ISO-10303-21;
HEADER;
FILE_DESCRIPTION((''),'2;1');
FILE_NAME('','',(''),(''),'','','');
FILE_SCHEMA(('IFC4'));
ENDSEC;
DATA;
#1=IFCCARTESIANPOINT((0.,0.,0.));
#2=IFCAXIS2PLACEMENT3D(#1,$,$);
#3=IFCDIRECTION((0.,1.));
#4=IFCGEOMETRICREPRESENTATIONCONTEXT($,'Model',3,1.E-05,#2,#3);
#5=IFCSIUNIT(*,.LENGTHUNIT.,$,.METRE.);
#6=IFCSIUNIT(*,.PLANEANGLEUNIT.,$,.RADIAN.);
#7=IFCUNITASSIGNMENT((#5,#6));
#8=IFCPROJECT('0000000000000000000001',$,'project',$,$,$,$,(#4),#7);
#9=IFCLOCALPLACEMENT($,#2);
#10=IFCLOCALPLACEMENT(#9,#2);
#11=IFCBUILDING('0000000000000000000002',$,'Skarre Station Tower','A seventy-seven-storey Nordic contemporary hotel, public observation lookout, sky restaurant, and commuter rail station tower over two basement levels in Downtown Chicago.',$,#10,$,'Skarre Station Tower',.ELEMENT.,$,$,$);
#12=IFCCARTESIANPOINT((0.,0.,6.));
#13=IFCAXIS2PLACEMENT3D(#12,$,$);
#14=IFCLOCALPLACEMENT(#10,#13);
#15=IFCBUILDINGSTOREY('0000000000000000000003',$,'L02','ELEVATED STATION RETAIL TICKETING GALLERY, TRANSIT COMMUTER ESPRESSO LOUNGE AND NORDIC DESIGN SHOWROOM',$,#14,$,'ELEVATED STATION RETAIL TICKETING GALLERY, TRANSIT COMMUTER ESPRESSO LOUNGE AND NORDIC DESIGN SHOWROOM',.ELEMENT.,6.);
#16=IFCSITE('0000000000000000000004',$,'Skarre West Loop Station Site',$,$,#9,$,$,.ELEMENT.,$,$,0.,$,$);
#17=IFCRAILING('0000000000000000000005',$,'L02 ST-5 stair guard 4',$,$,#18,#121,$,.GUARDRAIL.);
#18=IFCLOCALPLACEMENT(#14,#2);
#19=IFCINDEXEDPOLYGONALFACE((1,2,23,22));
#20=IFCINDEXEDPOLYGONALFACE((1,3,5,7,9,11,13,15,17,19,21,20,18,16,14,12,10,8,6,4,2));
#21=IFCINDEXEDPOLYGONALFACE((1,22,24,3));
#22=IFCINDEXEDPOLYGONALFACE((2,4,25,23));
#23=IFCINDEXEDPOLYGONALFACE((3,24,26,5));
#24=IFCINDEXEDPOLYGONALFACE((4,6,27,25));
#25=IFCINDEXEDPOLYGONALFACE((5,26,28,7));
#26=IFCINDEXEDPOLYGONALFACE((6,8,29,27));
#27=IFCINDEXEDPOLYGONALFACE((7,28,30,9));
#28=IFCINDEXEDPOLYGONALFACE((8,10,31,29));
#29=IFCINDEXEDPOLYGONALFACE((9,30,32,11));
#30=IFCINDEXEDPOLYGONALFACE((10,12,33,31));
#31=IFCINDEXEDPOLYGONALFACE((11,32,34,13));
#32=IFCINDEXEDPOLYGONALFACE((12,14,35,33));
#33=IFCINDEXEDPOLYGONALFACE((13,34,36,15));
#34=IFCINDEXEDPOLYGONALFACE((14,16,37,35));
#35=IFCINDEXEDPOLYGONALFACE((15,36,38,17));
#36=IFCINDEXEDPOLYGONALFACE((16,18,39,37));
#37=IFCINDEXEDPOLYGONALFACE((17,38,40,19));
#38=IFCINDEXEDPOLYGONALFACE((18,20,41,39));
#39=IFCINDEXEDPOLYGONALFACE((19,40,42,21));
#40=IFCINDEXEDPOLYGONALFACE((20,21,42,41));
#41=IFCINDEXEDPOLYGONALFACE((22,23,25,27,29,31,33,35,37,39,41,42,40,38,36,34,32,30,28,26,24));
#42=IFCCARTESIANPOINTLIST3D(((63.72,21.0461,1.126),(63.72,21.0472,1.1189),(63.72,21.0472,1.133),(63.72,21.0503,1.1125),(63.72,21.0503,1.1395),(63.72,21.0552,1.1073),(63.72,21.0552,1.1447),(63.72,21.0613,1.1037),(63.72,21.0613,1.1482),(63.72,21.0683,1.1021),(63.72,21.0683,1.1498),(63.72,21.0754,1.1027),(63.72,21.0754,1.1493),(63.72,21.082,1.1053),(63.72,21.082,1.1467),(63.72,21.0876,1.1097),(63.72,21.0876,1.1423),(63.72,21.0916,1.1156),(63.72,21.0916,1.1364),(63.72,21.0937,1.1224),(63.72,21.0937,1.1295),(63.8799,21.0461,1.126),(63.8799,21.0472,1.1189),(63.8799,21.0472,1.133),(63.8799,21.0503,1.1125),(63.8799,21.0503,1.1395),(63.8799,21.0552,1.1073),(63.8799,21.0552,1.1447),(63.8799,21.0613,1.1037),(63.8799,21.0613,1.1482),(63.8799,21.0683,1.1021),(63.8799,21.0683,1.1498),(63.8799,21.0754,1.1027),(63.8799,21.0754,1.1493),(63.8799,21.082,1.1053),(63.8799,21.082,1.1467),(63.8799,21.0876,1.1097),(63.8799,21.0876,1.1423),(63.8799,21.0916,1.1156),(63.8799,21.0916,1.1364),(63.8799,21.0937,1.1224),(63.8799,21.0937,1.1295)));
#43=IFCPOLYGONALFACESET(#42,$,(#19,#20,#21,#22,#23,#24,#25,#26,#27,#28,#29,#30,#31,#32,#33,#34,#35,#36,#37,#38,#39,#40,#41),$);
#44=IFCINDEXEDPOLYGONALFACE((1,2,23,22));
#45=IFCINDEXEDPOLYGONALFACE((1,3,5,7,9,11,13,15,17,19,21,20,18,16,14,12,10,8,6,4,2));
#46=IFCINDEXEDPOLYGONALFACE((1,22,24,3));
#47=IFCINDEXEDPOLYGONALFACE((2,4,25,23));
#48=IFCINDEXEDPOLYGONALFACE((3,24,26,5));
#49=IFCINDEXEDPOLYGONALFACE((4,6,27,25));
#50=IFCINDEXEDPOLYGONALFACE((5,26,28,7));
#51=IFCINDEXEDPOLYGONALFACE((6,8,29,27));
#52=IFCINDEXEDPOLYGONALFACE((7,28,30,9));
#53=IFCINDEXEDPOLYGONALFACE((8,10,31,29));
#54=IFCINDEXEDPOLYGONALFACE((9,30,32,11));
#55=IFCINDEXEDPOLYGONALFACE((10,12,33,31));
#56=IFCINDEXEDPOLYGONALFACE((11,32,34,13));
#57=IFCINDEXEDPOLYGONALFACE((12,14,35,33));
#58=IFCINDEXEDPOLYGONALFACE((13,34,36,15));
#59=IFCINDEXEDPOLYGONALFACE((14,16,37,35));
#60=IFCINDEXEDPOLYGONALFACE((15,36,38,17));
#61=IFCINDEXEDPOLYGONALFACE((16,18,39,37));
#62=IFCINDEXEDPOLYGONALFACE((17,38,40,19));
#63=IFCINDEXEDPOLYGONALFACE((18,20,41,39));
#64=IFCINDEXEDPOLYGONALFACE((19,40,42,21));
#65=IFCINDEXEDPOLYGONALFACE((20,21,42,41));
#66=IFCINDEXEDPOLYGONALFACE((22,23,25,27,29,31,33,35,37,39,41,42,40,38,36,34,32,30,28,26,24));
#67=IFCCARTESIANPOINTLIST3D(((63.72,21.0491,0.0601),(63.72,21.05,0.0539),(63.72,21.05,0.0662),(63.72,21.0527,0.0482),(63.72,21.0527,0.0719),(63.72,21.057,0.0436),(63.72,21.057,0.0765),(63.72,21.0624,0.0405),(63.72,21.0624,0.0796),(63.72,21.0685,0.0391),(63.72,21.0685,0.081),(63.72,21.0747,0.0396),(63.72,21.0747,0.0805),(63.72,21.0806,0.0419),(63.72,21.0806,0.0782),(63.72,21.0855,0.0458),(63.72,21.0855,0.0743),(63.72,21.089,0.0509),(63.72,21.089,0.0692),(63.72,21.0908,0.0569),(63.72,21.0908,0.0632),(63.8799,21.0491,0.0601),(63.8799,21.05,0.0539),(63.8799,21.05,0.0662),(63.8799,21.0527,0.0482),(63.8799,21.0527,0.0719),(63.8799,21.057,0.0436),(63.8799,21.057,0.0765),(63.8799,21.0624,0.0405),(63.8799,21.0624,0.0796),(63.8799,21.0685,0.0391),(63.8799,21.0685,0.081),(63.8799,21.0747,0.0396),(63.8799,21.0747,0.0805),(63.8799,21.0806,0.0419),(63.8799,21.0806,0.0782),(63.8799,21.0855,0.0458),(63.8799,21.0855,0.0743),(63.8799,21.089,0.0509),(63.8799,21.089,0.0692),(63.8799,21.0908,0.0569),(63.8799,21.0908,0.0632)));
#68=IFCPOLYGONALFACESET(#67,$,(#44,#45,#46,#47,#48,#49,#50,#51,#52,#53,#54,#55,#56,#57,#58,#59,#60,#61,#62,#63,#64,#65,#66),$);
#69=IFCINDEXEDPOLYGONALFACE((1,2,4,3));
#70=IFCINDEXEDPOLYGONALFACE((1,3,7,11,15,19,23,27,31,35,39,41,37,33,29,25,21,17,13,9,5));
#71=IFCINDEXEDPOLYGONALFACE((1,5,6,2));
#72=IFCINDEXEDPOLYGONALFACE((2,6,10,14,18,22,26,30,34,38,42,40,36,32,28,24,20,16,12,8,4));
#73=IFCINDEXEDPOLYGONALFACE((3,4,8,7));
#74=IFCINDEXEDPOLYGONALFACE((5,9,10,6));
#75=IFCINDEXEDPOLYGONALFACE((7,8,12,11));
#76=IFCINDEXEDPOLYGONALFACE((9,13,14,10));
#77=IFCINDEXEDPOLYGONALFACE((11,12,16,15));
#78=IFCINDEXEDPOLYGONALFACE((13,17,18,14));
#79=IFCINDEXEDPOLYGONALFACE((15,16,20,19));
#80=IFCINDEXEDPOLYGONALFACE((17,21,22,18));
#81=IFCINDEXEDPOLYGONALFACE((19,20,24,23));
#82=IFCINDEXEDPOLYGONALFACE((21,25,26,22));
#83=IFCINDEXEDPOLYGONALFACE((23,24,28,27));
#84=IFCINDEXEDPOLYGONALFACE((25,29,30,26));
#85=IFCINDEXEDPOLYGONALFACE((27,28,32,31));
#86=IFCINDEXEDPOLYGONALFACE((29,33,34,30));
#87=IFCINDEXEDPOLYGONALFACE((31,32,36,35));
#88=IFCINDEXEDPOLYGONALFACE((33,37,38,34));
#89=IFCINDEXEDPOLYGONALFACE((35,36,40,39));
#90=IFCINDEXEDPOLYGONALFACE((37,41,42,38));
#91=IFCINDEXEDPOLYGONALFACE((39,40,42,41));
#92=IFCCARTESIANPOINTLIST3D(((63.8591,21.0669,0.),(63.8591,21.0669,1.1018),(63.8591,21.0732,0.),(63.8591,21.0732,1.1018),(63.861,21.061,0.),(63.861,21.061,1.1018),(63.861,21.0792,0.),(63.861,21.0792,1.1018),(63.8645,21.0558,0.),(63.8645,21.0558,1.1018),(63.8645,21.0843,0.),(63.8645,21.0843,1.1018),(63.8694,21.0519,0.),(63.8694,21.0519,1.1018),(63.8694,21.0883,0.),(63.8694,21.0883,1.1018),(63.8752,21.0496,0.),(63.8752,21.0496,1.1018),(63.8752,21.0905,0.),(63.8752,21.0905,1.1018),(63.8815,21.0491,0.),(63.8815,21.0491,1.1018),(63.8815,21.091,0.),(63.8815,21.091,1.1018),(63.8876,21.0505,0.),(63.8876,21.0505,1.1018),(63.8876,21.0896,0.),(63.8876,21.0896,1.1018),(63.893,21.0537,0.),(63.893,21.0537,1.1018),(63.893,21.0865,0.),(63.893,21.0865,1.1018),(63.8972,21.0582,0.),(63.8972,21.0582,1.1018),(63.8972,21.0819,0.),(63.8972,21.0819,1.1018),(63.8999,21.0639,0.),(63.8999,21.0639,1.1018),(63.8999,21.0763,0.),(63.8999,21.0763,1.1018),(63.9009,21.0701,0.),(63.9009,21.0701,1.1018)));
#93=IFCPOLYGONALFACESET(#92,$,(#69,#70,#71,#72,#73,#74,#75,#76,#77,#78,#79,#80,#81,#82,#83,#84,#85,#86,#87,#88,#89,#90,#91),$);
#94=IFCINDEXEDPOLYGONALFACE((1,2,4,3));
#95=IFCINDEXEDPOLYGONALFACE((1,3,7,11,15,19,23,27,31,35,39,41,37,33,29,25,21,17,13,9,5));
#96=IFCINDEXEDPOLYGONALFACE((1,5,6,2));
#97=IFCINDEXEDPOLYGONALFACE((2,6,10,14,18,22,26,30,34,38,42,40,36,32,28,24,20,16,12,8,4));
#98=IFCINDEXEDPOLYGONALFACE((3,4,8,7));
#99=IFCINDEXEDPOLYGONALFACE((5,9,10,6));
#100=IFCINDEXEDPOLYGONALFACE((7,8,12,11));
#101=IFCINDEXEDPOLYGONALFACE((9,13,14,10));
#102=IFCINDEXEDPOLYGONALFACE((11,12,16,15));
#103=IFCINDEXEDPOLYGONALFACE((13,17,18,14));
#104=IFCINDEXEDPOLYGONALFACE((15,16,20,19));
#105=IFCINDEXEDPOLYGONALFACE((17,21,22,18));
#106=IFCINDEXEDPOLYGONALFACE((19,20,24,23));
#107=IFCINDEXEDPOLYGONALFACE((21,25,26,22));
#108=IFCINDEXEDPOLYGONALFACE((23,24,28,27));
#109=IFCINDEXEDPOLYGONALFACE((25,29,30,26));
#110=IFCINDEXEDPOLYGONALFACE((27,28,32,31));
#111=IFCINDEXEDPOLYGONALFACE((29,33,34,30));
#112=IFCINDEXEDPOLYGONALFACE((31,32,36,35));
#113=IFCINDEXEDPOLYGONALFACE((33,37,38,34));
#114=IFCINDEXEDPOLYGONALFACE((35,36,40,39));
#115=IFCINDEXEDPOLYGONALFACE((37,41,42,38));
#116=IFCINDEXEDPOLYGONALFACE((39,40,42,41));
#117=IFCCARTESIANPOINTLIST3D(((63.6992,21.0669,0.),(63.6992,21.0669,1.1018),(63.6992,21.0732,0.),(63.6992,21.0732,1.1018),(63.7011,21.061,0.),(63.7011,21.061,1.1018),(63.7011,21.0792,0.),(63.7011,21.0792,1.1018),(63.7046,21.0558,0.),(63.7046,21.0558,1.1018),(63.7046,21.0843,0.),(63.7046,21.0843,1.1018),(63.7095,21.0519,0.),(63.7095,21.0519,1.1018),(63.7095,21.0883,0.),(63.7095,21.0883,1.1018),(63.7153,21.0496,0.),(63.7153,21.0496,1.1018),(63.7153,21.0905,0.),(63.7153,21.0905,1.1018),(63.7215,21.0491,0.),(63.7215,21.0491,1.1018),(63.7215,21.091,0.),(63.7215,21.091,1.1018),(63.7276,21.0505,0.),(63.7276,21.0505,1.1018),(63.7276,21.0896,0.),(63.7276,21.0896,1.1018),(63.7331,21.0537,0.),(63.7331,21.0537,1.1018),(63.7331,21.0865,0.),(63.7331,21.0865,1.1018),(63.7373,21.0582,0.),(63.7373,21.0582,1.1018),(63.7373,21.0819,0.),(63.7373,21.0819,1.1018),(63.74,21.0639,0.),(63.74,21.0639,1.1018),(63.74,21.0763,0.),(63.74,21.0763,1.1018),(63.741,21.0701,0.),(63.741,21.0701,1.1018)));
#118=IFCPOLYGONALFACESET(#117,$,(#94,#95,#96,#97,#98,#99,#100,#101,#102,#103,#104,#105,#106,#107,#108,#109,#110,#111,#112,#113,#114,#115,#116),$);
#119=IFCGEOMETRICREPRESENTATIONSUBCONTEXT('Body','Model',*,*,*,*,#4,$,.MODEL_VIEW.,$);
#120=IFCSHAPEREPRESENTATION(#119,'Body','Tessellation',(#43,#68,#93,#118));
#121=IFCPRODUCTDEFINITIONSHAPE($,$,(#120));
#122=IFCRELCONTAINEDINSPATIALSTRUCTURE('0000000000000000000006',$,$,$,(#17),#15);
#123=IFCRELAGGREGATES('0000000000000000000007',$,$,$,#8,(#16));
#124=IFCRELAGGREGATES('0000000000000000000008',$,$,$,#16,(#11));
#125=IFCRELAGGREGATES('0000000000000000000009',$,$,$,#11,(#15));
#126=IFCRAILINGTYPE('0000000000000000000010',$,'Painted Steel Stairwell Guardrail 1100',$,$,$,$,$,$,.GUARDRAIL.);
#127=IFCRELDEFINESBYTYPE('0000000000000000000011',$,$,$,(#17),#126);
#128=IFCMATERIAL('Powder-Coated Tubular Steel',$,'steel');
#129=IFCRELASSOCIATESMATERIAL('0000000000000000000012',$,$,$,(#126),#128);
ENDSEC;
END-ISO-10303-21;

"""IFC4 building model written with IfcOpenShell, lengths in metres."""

from ifc_helpers import new_model, si_unit, direction, frame, origin, origin_2d, place, context, subcontext, project, spatial, circle, extrude, material, type_object, element, save


model = new_model("IFC4")

# Units and contexts
model_context = context("Model", 3, precision=1e-05, world=origin(), true_north=direction((0.0, 1.0)))
body_context = subcontext(model_context, "Body", "Model", "MODEL_VIEW")
ifc_project = project(units=[si_unit("LENGTHUNIT", "METRE"), si_unit("PLANEANGLEUNIT", "RADIAN")], contexts=[model_context])

# Site, building, storey
site_placement = place(None, origin())
site = spatial("IfcSite", under=ifc_project, at=site_placement, Name="Skarre West Loop Station Site", CompositionType="ELEMENT", RefElevation=0.0)
building_placement = place(site_placement, origin())
building = spatial("IfcBuilding", under=site, at=building_placement, Name="Skarre Station Tower", Description="A seventy-seven-storey Nordic contemporary hotel, public observation lookout, sky restaurant, and commuter rail station tower over two basement levels in Downtown Chicago.", LongName="Skarre Station Tower", CompositionType="ELEMENT")
storey_placement = place(building_placement, frame((0.0, 0.0, 6.0)))
storey = spatial("IfcBuildingStorey", under=building, at=storey_placement, Name="L02", Description="ELEVATED STATION RETAIL TICKETING GALLERY, TRANSIT COMMUTER ESPRESSO LOUNGE AND NORDIC DESIGN SHOWROOM", LongName="ELEVATED STATION RETAIL TICKETING GALLERY, TRANSIT COMMUTER ESPRESSO LOUNGE AND NORDIC DESIGN SHOWROOM", CompositionType="ELEMENT", Elevation=6.0)

# Railing
ifc_material_1 = material(Name="Powder-Coated Tubular Steel", Category="steel")
railing_type_1 = type_object("IfcRailingType", Name="Painted Steel Stairwell Guardrail 1100", PredefinedType="GUARDRAIL", material=ifc_material_1)
railing_1_placement = place(storey_placement, frame((63.8799, 21.0701, 0.0)))
element("IfcRailing", 1, at=railing_1_placement, inside=storey, type_object=railing_type_1, Name="L02 ST-5 stair guard 4", PredefinedType="GUARDRAIL", context=body_context, shape_type="SweptSolid", body=[
    extrude(circle(Radius=0.0239, at=origin_2d()), frame((0.0, 0.0, 1.126), z_axis=(-1.0, 0.0, 0.0), x_axis=(0.0, -1.0, 0.0)), (0.0, 0.0, 1.0), 0.1599),
    extrude(circle(Radius=0.021, at=origin_2d()), frame((0.0, 0.0, 0.0601), z_axis=(-1.0, 0.0, 0.0), x_axis=(0.0, -1.0, 0.0)), (0.0, 0.0, 1.0), 0.1599),
    extrude(circle(Radius=0.021, at=origin_2d()), origin(), (0.0, 0.0, 1.0), 1.1018),
    extrude(circle(Radius=0.021, at=origin_2d()), frame((-0.1599, 0.0, 0.0)), (0.0, 0.0, 1.0), 1.1018),
])

save(model, "model.ifc")
